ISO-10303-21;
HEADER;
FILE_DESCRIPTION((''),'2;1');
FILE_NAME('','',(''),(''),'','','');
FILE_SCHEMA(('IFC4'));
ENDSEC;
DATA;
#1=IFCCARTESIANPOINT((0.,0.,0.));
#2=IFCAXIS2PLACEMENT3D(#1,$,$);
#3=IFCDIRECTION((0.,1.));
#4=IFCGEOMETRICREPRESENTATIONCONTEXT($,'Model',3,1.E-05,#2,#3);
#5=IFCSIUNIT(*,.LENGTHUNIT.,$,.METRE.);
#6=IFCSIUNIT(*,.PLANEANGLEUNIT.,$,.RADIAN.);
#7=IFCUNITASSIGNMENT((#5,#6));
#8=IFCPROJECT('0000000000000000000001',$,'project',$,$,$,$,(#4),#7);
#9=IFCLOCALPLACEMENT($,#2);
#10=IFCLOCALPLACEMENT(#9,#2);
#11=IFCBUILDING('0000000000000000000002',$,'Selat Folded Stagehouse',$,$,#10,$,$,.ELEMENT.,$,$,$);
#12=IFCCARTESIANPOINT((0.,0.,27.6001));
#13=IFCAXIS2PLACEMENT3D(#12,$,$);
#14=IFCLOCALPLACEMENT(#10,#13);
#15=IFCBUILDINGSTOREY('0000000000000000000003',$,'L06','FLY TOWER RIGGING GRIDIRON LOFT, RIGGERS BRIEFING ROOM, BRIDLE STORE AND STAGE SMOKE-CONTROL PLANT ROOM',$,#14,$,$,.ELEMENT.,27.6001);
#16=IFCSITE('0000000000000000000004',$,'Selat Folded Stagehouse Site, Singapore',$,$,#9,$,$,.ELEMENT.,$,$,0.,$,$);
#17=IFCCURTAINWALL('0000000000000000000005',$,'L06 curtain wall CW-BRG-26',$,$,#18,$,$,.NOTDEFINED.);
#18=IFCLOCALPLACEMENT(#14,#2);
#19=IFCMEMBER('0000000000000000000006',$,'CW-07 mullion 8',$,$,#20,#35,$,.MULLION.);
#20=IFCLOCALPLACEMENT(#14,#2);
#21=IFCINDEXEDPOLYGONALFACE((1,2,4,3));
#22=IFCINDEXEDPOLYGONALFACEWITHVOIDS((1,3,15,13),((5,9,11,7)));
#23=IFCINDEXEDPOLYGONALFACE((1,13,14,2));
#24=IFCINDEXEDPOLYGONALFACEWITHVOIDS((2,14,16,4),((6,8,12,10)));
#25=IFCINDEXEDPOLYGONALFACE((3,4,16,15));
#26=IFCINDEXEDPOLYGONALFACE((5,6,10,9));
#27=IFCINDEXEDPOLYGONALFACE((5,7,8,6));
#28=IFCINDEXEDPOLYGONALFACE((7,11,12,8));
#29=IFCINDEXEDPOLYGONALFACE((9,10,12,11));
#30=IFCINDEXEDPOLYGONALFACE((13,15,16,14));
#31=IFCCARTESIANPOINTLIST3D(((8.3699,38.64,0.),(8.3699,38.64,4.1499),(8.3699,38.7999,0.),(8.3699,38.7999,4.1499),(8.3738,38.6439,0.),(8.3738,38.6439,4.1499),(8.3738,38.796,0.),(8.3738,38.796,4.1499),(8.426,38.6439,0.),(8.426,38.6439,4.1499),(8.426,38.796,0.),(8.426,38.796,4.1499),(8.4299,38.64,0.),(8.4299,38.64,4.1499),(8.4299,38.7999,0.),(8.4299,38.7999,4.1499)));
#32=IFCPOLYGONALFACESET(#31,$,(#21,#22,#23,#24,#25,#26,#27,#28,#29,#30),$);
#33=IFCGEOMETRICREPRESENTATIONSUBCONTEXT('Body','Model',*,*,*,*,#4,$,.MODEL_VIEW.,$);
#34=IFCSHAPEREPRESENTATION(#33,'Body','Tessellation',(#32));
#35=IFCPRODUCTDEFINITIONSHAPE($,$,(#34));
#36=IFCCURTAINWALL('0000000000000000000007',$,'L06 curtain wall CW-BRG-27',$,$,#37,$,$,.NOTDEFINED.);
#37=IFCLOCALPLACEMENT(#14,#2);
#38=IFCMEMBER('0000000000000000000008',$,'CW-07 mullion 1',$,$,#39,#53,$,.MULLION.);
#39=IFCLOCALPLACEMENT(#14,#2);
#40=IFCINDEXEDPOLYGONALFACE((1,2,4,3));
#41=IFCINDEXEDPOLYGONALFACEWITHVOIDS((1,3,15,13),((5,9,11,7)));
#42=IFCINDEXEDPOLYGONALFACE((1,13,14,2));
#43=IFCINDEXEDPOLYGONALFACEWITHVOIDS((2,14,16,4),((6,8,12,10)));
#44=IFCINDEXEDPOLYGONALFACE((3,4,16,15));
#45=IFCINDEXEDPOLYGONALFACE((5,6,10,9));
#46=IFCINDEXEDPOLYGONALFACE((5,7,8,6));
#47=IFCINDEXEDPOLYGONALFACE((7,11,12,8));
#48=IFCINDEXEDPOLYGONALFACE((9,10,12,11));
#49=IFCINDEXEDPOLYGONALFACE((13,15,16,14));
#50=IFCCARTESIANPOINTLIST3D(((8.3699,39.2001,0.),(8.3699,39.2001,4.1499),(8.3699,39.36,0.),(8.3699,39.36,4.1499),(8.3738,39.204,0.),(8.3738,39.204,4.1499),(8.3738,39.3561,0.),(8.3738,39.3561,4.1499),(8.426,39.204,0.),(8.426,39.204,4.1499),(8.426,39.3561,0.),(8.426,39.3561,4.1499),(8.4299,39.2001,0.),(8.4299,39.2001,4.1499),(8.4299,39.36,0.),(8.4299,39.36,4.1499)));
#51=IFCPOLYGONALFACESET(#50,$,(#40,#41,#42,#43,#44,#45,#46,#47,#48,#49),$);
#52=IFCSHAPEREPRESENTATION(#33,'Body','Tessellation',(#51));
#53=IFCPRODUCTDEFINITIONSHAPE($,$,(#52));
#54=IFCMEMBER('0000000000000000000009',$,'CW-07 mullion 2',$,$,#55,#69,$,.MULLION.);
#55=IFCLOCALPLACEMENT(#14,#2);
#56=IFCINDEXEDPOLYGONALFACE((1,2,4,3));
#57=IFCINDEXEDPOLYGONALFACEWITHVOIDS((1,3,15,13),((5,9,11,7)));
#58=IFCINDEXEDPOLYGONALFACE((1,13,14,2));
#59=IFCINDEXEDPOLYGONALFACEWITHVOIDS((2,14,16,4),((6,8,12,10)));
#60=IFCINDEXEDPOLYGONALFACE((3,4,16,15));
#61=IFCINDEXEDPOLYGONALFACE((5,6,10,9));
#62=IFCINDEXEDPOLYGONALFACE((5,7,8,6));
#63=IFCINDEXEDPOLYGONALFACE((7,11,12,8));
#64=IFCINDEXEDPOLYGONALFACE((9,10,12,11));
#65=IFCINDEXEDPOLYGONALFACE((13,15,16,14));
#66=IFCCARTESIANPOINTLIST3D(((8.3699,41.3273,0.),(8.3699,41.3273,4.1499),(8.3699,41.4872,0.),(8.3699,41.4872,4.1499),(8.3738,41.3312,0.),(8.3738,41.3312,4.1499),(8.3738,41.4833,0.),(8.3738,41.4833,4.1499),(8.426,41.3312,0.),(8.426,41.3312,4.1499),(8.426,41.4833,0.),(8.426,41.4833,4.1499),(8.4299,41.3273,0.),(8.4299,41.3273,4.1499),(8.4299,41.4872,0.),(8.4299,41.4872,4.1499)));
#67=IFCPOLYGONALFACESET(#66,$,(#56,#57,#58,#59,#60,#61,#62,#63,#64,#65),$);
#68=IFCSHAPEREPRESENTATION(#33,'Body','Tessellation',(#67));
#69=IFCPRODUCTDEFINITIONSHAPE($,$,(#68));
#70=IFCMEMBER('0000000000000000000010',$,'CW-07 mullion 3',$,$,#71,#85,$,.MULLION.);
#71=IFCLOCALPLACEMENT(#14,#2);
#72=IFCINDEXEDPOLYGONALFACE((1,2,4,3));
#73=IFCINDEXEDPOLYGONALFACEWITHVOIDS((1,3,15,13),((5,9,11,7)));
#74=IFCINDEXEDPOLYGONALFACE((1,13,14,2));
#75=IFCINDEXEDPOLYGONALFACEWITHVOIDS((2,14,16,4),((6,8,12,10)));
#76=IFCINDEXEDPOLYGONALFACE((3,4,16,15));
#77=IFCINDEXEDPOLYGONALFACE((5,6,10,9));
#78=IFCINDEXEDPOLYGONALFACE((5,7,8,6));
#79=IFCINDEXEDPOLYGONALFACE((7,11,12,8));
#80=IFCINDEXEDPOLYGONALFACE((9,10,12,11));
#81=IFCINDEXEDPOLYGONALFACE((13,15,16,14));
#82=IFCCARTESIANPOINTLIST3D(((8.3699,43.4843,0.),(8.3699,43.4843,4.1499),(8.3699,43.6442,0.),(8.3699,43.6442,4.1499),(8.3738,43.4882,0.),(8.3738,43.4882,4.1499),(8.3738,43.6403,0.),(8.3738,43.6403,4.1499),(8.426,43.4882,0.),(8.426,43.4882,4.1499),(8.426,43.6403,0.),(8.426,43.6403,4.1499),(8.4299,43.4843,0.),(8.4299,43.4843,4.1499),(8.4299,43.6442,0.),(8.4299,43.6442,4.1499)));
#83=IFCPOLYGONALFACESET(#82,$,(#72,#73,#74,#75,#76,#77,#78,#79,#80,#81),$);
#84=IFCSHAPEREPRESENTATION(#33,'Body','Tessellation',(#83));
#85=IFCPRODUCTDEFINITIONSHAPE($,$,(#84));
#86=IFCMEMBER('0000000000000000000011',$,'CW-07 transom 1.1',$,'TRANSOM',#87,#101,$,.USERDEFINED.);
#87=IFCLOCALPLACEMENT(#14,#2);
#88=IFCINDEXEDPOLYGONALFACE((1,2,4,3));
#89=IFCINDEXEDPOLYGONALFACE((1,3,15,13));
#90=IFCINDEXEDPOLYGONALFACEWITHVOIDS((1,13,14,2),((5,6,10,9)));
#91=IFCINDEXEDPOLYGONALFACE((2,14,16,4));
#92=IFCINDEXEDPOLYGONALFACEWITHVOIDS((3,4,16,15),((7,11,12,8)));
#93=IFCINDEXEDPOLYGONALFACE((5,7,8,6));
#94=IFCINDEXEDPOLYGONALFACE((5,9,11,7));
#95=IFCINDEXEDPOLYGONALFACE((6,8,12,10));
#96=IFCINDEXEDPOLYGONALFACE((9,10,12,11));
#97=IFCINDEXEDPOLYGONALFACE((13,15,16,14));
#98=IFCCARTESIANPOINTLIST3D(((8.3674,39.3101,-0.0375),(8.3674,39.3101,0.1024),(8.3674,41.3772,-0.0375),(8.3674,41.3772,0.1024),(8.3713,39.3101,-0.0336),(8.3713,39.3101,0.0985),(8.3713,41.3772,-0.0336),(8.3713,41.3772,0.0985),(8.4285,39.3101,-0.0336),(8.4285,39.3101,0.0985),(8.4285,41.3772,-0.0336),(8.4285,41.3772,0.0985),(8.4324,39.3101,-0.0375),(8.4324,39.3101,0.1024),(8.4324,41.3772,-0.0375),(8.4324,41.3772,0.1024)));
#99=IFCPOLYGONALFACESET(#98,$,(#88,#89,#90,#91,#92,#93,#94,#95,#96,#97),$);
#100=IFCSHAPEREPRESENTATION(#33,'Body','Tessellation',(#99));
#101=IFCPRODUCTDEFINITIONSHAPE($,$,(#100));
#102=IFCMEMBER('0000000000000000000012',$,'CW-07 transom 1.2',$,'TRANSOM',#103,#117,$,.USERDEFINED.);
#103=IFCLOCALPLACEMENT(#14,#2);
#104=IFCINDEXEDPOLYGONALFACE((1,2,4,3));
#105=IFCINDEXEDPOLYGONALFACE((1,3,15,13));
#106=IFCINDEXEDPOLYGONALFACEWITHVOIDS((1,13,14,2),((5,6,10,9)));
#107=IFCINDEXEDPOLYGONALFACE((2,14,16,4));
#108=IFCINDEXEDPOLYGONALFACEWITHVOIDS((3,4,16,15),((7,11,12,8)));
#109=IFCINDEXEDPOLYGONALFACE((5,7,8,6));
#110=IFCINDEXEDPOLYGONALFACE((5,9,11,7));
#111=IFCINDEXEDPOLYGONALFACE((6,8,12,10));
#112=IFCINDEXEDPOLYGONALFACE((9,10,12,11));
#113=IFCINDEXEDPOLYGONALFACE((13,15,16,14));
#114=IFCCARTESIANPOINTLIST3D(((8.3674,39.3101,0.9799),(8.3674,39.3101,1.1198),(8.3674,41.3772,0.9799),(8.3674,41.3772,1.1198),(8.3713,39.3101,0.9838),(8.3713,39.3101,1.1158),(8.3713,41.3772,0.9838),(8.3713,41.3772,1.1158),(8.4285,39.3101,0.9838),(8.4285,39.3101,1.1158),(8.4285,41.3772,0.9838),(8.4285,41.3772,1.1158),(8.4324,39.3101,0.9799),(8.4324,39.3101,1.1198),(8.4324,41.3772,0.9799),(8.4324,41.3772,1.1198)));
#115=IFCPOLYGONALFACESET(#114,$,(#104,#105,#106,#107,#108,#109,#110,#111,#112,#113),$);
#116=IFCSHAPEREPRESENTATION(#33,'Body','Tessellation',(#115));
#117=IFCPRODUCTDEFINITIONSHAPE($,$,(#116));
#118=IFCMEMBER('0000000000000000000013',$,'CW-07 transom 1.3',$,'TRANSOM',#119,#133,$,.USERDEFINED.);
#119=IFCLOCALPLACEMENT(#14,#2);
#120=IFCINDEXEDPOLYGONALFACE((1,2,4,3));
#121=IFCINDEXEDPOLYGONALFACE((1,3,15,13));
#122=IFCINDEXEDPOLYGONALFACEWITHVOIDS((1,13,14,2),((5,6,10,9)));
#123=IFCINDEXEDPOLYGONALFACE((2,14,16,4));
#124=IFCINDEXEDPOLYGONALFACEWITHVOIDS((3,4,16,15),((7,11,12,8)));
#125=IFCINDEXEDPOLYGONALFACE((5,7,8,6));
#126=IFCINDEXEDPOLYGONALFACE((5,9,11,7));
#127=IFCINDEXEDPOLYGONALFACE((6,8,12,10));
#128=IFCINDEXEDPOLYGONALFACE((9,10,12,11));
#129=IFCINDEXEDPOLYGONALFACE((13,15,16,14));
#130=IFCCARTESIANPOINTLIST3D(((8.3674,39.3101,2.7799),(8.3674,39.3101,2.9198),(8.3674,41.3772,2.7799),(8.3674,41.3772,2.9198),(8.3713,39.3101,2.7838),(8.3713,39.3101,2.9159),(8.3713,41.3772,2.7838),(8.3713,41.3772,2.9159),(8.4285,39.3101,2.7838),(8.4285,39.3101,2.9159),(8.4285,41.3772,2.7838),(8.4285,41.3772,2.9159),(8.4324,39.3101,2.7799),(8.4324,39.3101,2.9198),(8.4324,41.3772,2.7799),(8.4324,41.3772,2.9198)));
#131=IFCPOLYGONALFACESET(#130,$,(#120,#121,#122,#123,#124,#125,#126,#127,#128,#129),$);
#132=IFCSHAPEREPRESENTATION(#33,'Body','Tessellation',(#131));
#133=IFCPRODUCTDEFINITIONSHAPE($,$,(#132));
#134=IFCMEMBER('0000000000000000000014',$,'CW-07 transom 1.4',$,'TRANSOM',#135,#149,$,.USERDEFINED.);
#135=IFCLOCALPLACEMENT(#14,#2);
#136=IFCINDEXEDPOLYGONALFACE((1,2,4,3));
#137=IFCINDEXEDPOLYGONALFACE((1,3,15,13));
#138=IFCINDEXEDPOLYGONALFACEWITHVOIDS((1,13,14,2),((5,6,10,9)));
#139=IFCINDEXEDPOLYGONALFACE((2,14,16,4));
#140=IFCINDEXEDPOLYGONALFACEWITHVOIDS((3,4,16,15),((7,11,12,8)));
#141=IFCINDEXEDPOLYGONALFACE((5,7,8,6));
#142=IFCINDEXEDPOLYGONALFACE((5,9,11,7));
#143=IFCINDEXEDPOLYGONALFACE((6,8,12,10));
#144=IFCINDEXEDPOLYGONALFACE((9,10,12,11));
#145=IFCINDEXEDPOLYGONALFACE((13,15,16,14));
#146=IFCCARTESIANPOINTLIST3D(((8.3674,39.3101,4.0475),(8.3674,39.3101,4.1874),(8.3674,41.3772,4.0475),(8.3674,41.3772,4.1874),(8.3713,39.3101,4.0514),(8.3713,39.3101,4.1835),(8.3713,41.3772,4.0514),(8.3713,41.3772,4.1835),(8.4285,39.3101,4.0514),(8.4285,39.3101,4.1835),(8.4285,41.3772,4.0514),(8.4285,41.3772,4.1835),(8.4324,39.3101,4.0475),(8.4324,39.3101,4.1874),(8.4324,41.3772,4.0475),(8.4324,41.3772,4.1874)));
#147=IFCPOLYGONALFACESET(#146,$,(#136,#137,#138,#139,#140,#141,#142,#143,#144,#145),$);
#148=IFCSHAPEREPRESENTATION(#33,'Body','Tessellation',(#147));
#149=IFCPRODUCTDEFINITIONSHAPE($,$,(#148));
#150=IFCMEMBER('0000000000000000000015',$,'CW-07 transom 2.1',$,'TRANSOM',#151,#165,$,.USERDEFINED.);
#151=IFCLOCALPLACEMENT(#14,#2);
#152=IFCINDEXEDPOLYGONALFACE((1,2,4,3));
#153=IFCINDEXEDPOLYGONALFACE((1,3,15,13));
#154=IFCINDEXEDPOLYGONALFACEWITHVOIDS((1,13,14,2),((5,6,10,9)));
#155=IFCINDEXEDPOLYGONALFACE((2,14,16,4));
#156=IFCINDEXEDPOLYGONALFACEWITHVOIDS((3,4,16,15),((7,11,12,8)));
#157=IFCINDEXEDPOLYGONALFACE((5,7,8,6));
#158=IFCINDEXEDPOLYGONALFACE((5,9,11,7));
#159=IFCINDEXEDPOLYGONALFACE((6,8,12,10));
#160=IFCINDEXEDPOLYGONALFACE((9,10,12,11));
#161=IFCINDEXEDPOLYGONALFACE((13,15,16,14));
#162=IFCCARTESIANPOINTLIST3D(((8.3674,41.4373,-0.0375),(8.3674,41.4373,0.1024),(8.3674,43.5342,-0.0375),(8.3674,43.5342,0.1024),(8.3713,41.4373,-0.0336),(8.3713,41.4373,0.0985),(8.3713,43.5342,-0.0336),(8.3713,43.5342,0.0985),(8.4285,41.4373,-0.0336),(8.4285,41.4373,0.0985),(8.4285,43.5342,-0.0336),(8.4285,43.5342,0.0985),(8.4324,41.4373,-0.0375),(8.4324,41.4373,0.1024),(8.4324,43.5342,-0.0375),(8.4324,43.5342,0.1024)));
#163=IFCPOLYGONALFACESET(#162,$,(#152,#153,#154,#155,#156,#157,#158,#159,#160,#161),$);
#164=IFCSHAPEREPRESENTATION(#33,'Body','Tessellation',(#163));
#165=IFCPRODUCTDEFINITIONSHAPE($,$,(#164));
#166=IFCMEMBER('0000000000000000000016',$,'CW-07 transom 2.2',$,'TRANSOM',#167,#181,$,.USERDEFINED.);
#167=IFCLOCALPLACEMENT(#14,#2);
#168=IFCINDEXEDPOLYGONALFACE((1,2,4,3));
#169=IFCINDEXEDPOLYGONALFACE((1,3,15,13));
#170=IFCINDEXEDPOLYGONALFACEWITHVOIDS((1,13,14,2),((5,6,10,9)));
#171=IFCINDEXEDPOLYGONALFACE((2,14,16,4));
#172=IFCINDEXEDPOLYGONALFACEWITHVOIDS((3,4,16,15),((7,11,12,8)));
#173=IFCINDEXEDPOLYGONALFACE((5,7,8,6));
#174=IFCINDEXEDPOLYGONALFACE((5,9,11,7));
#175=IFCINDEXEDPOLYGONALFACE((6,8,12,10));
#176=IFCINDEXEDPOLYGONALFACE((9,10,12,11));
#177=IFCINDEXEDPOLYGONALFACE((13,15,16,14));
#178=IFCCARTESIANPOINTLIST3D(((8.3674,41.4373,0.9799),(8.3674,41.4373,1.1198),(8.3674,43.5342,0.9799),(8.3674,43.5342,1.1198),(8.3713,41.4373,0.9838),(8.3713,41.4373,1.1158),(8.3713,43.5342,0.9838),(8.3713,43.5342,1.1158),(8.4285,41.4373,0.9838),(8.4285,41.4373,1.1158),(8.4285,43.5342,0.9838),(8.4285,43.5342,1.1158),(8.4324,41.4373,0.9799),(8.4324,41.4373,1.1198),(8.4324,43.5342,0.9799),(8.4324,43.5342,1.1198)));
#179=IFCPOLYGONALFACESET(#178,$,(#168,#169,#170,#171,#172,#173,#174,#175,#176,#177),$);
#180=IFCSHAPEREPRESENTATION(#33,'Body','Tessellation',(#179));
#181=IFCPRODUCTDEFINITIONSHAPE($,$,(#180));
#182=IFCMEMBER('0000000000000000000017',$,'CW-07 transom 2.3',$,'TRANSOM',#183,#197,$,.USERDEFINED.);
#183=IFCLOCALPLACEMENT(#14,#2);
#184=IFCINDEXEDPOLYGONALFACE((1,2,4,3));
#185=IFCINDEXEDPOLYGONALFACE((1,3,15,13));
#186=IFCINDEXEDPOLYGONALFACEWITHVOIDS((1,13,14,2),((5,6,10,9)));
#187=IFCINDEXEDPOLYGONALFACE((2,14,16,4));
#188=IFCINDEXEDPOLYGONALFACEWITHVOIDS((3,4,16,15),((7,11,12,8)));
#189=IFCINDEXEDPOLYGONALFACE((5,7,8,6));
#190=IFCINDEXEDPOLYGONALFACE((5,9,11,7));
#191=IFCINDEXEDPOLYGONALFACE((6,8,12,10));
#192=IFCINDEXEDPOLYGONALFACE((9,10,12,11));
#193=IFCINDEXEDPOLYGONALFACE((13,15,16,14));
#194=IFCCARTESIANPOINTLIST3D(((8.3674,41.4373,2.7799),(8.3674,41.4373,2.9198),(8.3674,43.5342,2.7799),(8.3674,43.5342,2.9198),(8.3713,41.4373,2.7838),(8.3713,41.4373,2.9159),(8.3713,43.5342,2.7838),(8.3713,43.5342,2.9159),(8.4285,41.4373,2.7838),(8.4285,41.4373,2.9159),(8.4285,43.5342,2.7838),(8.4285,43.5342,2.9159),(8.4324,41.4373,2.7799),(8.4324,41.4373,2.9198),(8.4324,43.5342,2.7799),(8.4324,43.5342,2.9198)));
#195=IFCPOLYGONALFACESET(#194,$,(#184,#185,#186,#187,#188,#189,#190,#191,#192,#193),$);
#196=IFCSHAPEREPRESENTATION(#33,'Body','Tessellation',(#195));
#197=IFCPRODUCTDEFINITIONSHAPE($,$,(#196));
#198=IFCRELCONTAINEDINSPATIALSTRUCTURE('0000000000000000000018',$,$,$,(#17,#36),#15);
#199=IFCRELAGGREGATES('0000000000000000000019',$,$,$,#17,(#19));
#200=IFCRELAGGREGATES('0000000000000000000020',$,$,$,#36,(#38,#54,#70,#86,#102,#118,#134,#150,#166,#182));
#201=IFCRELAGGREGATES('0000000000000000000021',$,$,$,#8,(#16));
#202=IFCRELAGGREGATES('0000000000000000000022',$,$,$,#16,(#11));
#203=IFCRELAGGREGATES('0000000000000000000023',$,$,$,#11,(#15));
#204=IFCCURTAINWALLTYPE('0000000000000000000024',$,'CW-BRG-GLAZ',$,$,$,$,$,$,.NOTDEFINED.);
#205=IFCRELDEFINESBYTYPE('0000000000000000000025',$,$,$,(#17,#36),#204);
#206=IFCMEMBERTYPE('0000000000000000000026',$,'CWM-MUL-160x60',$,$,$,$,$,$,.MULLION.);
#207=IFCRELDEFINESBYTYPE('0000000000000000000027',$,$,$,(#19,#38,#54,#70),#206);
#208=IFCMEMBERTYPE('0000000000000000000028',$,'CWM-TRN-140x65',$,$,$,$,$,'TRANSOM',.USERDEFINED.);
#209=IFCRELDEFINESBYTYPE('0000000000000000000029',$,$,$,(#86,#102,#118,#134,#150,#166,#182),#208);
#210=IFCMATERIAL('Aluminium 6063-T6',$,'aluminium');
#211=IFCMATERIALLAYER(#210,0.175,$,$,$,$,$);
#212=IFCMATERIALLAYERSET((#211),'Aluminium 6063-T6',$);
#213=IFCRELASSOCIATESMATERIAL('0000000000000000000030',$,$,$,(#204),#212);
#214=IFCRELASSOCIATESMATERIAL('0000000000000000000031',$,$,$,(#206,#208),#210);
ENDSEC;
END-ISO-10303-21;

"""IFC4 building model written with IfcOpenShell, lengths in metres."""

from ifc_helpers import new_model, si_unit, direction, frame, origin, origin_2d, place, context, subcontext, project, spatial, hollow_rectangle, extrude, material, layer, layer_set, material_profile, profile_set, type_object, element, aggregate, save


model = new_model("IFC4")

# Units and contexts
model_context = context("Model", 3, precision=1e-05, world=origin(), true_north=direction((0.0, 1.0)))
body_context = subcontext(model_context, "Body", "Model", "MODEL_VIEW")
ifc_project = project(units=[si_unit("LENGTHUNIT", "METRE"), si_unit("PLANEANGLEUNIT", "RADIAN")], contexts=[model_context])

# Site, building, storey
site_placement = place(None, origin())
site = spatial("IfcSite", under=ifc_project, at=site_placement, Name="Selat Folded Stagehouse Site, Singapore", CompositionType="ELEMENT", RefElevation=0.0)
building_placement = place(site_placement, origin())
building = spatial("IfcBuilding", under=site, at=building_placement, Name="Selat Folded Stagehouse", CompositionType="ELEMENT")
storey_placement = place(building_placement, frame((0.0, 0.0, 27.6001)))
storey = spatial("IfcBuildingStorey", under=building, at=storey_placement, Name="L06", Description="FLY TOWER RIGGING GRIDIRON LOFT, RIGGERS BRIEFING ROOM, BRIDLE STORE AND STAGE SMOKE-CONTROL PLANT ROOM", CompositionType="ELEMENT", Elevation=27.6001)

# Curtain wall, member
ifc_material_1 = material(Name="Aluminium 6063-T6", Category="aluminium")
ifc_layer_1 = layer(ifc_material_1, 0.175)
ifc_layer_set_1 = layer_set([ifc_layer_1], Name="Aluminium 6063-T6")
curtain_wall_type = type_object("IfcCurtainWallType", Name="CW-BRG-GLAZ", PredefinedType="NOTDEFINED", material=ifc_layer_set_1)
curtain_wall_1_placement = place(storey_placement, origin())
curtain_wall_1 = element("IfcCurtainWall", 1, at=curtain_wall_1_placement, inside=storey, type_object=curtain_wall_type, Name="L06 curtain wall CW-BRG-26", PredefinedType="NOTDEFINED")
ifc_material_profile_1 = material_profile(ifc_material_1, hollow_rectangle(XDim=0.0601, YDim=0.1599, WallThickness=0.0039, at=origin_2d()), Name="ALU 160x60x4.0")
ifc_profile_set_1 = profile_set([ifc_material_profile_1], Name="Aluminium 6063-T6")
member_type_1 = type_object("IfcMemberType", Name="CWM-MUL-160x60", PredefinedType="MULLION", material=ifc_profile_set_1)
member_1_placement = place(storey_placement, frame((8.3999, 38.72, 0.0), z_axis=(0.0, 0.0, 1.0), x_axis=(-1.0, 0.0, 0.0)))
member_1 = element("IfcMember", 2, at=member_1_placement, type_object=member_type_1, Name="CW-07 mullion 8", PredefinedType="MULLION", context=body_context, shape_type="SweptSolid", body=[
    extrude(hollow_rectangle(XDim=0.0601, YDim=0.1599, WallThickness=0.0039, at=origin_2d()), origin(), (0.0, 0.0, 1.0), 4.1499),
])

# Curtain wall, members
curtain_wall_2_placement = place(storey_placement, origin())
curtain_wall_2 = element("IfcCurtainWall", 3, at=curtain_wall_2_placement, inside=storey, type_object=curtain_wall_type, Name="L06 curtain wall CW-BRG-27", PredefinedType="NOTDEFINED")
member_2_placement = place(storey_placement, frame((8.3999, 39.28, 0.0), z_axis=(0.0, 0.0, 1.0), x_axis=(-1.0, 0.0, 0.0)))
member_2 = element("IfcMember", 4, at=member_2_placement, type_object=member_type_1, Name="CW-07 mullion 1", PredefinedType="MULLION", context=body_context, shape_type="SweptSolid", body=[
    extrude(hollow_rectangle(XDim=0.0601, YDim=0.1599, WallThickness=0.0039, at=origin_2d()), origin(), (0.0, 0.0, 1.0), 4.1499),
])
member_3_placement = place(storey_placement, frame((8.3999, 41.4072, 0.0), z_axis=(0.0, 0.0, 1.0), x_axis=(-1.0, 0.0, 0.0)))
member_3 = element("IfcMember", 5, at=member_3_placement, type_object=member_type_1, Name="CW-07 mullion 2", PredefinedType="MULLION", context=body_context, shape_type="SweptSolid", body=[
    extrude(hollow_rectangle(XDim=0.0601, YDim=0.1599, WallThickness=0.0039, at=origin_2d()), origin(), (0.0, 0.0, 1.0), 4.1499),
])
member_4_placement = place(storey_placement, frame((8.3999, 43.5642, 0.0), z_axis=(0.0, 0.0, 1.0), x_axis=(-1.0, 0.0, 0.0)))
member_4 = element("IfcMember", 6, at=member_4_placement, type_object=member_type_1, Name="CW-07 mullion 3", PredefinedType="MULLION", context=body_context, shape_type="SweptSolid", body=[
    extrude(hollow_rectangle(XDim=0.0601, YDim=0.1599, WallThickness=0.0039, at=origin_2d()), origin(), (0.0, 0.0, 1.0), 4.1499),
])
ifc_material_profile_2 = material_profile(ifc_material_1, hollow_rectangle(XDim=0.0649, YDim=0.1399, WallThickness=0.0039, at=origin_2d()), Name="ALU 140x65x4.0")
ifc_profile_set_2 = profile_set([ifc_material_profile_2], Name="Aluminium 6063-T6")
member_type_2 = type_object("IfcMemberType", Name="CWM-TRN-140x65", ElementType="TRANSOM", PredefinedType="USERDEFINED", material=ifc_profile_set_2)
member_5_placement = place(storey_placement, frame((8.3999, 39.3101, 0.0325), z_axis=(0.0, 1.0, 0.0), x_axis=(-1.0, 0.0, 0.0)))
member_5 = element("IfcMember", 7, at=member_5_placement, type_object=member_type_2, Name="CW-07 transom 1.1", ObjectType="TRANSOM", PredefinedType="USERDEFINED", context=body_context, shape_type="SweptSolid", body=[
    extrude(hollow_rectangle(XDim=0.0649, YDim=0.1399, WallThickness=0.0039, at=origin_2d()), origin(), (0.0, 0.0, 1.0), 2.0671),
])
member_6_placement = place(storey_placement, frame((8.3999, 39.3101, 1.0498), z_axis=(0.0, 1.0, 0.0), x_axis=(-1.0, 0.0, 0.0)))
member_6 = element("IfcMember", 8, at=member_6_placement, type_object=member_type_2, Name="CW-07 transom 1.2", ObjectType="TRANSOM", PredefinedType="USERDEFINED", context=body_context, shape_type="SweptSolid", body=[
    extrude(hollow_rectangle(XDim=0.0649, YDim=0.1399, WallThickness=0.0039, at=origin_2d()), origin(), (0.0, 0.0, 1.0), 2.0671),
])
member_7_placement = place(storey_placement, frame((8.3999, 39.3101, 2.8499), z_axis=(0.0, 1.0, 0.0), x_axis=(-1.0, 0.0, 0.0)))
member_7 = element("IfcMember", 9, at=member_7_placement, type_object=member_type_2, Name="CW-07 transom 1.3", ObjectType="TRANSOM", PredefinedType="USERDEFINED", context=body_context, shape_type="SweptSolid", body=[
    extrude(hollow_rectangle(XDim=0.0649, YDim=0.1399, WallThickness=0.0039, at=origin_2d()), origin(), (0.0, 0.0, 1.0), 2.0671),
])
member_8_placement = place(storey_placement, frame((8.3999, 39.3101, 4.1174), z_axis=(0.0, 1.0, 0.0), x_axis=(-1.0, 0.0, 0.0)))
member_8 = element("IfcMember", 10, at=member_8_placement, type_object=member_type_2, Name="CW-07 transom 1.4", ObjectType="TRANSOM", PredefinedType="USERDEFINED", context=body_context, shape_type="SweptSolid", body=[
    extrude(hollow_rectangle(XDim=0.0649, YDim=0.1399, WallThickness=0.0039, at=origin_2d()), origin(), (0.0, 0.0, 1.0), 2.0671),
])
member_9_placement = place(storey_placement, frame((8.3999, 41.4373, 0.0325), z_axis=(0.0, 1.0, 0.0), x_axis=(-1.0, 0.0, 0.0)))
member_9 = element("IfcMember", 11, at=member_9_placement, type_object=member_type_2, Name="CW-07 transom 2.1", ObjectType="TRANSOM", PredefinedType="USERDEFINED", context=body_context, shape_type="SweptSolid", body=[
    extrude(hollow_rectangle(XDim=0.0649, YDim=0.1399, WallThickness=0.0039, at=origin_2d()), origin(), (0.0, 0.0, 1.0), 2.0969),
])
member_10_placement = place(storey_placement, frame((8.3999, 41.4373, 1.0498), z_axis=(0.0, 1.0, 0.0), x_axis=(-1.0, 0.0, 0.0)))
member_10 = element("IfcMember", 12, at=member_10_placement, type_object=member_type_2, Name="CW-07 transom 2.2", ObjectType="TRANSOM", PredefinedType="USERDEFINED", context=body_context, shape_type="SweptSolid", body=[
    extrude(hollow_rectangle(XDim=0.0649, YDim=0.1399, WallThickness=0.0039, at=origin_2d()), origin(), (0.0, 0.0, 1.0), 2.0969),
])
member_11_placement = place(storey_placement, frame((8.3999, 41.4373, 2.8499), z_axis=(0.0, 1.0, 0.0), x_axis=(-1.0, 0.0, 0.0)))
member_11 = element("IfcMember", 13, at=member_11_placement, type_object=member_type_2, Name="CW-07 transom 2.3", ObjectType="TRANSOM", PredefinedType="USERDEFINED", context=body_context, shape_type="SweptSolid", body=[
    extrude(hollow_rectangle(XDim=0.0649, YDim=0.1399, WallThickness=0.0039, at=origin_2d()), origin(), (0.0, 0.0, 1.0), 2.0969),
])

aggregate(curtain_wall_1, [member_1])
aggregate(curtain_wall_2, [member_2, member_3, member_4, member_5, member_6, member_7, member_8, member_9, member_10, member_11])

save(model, "model.ifc")
